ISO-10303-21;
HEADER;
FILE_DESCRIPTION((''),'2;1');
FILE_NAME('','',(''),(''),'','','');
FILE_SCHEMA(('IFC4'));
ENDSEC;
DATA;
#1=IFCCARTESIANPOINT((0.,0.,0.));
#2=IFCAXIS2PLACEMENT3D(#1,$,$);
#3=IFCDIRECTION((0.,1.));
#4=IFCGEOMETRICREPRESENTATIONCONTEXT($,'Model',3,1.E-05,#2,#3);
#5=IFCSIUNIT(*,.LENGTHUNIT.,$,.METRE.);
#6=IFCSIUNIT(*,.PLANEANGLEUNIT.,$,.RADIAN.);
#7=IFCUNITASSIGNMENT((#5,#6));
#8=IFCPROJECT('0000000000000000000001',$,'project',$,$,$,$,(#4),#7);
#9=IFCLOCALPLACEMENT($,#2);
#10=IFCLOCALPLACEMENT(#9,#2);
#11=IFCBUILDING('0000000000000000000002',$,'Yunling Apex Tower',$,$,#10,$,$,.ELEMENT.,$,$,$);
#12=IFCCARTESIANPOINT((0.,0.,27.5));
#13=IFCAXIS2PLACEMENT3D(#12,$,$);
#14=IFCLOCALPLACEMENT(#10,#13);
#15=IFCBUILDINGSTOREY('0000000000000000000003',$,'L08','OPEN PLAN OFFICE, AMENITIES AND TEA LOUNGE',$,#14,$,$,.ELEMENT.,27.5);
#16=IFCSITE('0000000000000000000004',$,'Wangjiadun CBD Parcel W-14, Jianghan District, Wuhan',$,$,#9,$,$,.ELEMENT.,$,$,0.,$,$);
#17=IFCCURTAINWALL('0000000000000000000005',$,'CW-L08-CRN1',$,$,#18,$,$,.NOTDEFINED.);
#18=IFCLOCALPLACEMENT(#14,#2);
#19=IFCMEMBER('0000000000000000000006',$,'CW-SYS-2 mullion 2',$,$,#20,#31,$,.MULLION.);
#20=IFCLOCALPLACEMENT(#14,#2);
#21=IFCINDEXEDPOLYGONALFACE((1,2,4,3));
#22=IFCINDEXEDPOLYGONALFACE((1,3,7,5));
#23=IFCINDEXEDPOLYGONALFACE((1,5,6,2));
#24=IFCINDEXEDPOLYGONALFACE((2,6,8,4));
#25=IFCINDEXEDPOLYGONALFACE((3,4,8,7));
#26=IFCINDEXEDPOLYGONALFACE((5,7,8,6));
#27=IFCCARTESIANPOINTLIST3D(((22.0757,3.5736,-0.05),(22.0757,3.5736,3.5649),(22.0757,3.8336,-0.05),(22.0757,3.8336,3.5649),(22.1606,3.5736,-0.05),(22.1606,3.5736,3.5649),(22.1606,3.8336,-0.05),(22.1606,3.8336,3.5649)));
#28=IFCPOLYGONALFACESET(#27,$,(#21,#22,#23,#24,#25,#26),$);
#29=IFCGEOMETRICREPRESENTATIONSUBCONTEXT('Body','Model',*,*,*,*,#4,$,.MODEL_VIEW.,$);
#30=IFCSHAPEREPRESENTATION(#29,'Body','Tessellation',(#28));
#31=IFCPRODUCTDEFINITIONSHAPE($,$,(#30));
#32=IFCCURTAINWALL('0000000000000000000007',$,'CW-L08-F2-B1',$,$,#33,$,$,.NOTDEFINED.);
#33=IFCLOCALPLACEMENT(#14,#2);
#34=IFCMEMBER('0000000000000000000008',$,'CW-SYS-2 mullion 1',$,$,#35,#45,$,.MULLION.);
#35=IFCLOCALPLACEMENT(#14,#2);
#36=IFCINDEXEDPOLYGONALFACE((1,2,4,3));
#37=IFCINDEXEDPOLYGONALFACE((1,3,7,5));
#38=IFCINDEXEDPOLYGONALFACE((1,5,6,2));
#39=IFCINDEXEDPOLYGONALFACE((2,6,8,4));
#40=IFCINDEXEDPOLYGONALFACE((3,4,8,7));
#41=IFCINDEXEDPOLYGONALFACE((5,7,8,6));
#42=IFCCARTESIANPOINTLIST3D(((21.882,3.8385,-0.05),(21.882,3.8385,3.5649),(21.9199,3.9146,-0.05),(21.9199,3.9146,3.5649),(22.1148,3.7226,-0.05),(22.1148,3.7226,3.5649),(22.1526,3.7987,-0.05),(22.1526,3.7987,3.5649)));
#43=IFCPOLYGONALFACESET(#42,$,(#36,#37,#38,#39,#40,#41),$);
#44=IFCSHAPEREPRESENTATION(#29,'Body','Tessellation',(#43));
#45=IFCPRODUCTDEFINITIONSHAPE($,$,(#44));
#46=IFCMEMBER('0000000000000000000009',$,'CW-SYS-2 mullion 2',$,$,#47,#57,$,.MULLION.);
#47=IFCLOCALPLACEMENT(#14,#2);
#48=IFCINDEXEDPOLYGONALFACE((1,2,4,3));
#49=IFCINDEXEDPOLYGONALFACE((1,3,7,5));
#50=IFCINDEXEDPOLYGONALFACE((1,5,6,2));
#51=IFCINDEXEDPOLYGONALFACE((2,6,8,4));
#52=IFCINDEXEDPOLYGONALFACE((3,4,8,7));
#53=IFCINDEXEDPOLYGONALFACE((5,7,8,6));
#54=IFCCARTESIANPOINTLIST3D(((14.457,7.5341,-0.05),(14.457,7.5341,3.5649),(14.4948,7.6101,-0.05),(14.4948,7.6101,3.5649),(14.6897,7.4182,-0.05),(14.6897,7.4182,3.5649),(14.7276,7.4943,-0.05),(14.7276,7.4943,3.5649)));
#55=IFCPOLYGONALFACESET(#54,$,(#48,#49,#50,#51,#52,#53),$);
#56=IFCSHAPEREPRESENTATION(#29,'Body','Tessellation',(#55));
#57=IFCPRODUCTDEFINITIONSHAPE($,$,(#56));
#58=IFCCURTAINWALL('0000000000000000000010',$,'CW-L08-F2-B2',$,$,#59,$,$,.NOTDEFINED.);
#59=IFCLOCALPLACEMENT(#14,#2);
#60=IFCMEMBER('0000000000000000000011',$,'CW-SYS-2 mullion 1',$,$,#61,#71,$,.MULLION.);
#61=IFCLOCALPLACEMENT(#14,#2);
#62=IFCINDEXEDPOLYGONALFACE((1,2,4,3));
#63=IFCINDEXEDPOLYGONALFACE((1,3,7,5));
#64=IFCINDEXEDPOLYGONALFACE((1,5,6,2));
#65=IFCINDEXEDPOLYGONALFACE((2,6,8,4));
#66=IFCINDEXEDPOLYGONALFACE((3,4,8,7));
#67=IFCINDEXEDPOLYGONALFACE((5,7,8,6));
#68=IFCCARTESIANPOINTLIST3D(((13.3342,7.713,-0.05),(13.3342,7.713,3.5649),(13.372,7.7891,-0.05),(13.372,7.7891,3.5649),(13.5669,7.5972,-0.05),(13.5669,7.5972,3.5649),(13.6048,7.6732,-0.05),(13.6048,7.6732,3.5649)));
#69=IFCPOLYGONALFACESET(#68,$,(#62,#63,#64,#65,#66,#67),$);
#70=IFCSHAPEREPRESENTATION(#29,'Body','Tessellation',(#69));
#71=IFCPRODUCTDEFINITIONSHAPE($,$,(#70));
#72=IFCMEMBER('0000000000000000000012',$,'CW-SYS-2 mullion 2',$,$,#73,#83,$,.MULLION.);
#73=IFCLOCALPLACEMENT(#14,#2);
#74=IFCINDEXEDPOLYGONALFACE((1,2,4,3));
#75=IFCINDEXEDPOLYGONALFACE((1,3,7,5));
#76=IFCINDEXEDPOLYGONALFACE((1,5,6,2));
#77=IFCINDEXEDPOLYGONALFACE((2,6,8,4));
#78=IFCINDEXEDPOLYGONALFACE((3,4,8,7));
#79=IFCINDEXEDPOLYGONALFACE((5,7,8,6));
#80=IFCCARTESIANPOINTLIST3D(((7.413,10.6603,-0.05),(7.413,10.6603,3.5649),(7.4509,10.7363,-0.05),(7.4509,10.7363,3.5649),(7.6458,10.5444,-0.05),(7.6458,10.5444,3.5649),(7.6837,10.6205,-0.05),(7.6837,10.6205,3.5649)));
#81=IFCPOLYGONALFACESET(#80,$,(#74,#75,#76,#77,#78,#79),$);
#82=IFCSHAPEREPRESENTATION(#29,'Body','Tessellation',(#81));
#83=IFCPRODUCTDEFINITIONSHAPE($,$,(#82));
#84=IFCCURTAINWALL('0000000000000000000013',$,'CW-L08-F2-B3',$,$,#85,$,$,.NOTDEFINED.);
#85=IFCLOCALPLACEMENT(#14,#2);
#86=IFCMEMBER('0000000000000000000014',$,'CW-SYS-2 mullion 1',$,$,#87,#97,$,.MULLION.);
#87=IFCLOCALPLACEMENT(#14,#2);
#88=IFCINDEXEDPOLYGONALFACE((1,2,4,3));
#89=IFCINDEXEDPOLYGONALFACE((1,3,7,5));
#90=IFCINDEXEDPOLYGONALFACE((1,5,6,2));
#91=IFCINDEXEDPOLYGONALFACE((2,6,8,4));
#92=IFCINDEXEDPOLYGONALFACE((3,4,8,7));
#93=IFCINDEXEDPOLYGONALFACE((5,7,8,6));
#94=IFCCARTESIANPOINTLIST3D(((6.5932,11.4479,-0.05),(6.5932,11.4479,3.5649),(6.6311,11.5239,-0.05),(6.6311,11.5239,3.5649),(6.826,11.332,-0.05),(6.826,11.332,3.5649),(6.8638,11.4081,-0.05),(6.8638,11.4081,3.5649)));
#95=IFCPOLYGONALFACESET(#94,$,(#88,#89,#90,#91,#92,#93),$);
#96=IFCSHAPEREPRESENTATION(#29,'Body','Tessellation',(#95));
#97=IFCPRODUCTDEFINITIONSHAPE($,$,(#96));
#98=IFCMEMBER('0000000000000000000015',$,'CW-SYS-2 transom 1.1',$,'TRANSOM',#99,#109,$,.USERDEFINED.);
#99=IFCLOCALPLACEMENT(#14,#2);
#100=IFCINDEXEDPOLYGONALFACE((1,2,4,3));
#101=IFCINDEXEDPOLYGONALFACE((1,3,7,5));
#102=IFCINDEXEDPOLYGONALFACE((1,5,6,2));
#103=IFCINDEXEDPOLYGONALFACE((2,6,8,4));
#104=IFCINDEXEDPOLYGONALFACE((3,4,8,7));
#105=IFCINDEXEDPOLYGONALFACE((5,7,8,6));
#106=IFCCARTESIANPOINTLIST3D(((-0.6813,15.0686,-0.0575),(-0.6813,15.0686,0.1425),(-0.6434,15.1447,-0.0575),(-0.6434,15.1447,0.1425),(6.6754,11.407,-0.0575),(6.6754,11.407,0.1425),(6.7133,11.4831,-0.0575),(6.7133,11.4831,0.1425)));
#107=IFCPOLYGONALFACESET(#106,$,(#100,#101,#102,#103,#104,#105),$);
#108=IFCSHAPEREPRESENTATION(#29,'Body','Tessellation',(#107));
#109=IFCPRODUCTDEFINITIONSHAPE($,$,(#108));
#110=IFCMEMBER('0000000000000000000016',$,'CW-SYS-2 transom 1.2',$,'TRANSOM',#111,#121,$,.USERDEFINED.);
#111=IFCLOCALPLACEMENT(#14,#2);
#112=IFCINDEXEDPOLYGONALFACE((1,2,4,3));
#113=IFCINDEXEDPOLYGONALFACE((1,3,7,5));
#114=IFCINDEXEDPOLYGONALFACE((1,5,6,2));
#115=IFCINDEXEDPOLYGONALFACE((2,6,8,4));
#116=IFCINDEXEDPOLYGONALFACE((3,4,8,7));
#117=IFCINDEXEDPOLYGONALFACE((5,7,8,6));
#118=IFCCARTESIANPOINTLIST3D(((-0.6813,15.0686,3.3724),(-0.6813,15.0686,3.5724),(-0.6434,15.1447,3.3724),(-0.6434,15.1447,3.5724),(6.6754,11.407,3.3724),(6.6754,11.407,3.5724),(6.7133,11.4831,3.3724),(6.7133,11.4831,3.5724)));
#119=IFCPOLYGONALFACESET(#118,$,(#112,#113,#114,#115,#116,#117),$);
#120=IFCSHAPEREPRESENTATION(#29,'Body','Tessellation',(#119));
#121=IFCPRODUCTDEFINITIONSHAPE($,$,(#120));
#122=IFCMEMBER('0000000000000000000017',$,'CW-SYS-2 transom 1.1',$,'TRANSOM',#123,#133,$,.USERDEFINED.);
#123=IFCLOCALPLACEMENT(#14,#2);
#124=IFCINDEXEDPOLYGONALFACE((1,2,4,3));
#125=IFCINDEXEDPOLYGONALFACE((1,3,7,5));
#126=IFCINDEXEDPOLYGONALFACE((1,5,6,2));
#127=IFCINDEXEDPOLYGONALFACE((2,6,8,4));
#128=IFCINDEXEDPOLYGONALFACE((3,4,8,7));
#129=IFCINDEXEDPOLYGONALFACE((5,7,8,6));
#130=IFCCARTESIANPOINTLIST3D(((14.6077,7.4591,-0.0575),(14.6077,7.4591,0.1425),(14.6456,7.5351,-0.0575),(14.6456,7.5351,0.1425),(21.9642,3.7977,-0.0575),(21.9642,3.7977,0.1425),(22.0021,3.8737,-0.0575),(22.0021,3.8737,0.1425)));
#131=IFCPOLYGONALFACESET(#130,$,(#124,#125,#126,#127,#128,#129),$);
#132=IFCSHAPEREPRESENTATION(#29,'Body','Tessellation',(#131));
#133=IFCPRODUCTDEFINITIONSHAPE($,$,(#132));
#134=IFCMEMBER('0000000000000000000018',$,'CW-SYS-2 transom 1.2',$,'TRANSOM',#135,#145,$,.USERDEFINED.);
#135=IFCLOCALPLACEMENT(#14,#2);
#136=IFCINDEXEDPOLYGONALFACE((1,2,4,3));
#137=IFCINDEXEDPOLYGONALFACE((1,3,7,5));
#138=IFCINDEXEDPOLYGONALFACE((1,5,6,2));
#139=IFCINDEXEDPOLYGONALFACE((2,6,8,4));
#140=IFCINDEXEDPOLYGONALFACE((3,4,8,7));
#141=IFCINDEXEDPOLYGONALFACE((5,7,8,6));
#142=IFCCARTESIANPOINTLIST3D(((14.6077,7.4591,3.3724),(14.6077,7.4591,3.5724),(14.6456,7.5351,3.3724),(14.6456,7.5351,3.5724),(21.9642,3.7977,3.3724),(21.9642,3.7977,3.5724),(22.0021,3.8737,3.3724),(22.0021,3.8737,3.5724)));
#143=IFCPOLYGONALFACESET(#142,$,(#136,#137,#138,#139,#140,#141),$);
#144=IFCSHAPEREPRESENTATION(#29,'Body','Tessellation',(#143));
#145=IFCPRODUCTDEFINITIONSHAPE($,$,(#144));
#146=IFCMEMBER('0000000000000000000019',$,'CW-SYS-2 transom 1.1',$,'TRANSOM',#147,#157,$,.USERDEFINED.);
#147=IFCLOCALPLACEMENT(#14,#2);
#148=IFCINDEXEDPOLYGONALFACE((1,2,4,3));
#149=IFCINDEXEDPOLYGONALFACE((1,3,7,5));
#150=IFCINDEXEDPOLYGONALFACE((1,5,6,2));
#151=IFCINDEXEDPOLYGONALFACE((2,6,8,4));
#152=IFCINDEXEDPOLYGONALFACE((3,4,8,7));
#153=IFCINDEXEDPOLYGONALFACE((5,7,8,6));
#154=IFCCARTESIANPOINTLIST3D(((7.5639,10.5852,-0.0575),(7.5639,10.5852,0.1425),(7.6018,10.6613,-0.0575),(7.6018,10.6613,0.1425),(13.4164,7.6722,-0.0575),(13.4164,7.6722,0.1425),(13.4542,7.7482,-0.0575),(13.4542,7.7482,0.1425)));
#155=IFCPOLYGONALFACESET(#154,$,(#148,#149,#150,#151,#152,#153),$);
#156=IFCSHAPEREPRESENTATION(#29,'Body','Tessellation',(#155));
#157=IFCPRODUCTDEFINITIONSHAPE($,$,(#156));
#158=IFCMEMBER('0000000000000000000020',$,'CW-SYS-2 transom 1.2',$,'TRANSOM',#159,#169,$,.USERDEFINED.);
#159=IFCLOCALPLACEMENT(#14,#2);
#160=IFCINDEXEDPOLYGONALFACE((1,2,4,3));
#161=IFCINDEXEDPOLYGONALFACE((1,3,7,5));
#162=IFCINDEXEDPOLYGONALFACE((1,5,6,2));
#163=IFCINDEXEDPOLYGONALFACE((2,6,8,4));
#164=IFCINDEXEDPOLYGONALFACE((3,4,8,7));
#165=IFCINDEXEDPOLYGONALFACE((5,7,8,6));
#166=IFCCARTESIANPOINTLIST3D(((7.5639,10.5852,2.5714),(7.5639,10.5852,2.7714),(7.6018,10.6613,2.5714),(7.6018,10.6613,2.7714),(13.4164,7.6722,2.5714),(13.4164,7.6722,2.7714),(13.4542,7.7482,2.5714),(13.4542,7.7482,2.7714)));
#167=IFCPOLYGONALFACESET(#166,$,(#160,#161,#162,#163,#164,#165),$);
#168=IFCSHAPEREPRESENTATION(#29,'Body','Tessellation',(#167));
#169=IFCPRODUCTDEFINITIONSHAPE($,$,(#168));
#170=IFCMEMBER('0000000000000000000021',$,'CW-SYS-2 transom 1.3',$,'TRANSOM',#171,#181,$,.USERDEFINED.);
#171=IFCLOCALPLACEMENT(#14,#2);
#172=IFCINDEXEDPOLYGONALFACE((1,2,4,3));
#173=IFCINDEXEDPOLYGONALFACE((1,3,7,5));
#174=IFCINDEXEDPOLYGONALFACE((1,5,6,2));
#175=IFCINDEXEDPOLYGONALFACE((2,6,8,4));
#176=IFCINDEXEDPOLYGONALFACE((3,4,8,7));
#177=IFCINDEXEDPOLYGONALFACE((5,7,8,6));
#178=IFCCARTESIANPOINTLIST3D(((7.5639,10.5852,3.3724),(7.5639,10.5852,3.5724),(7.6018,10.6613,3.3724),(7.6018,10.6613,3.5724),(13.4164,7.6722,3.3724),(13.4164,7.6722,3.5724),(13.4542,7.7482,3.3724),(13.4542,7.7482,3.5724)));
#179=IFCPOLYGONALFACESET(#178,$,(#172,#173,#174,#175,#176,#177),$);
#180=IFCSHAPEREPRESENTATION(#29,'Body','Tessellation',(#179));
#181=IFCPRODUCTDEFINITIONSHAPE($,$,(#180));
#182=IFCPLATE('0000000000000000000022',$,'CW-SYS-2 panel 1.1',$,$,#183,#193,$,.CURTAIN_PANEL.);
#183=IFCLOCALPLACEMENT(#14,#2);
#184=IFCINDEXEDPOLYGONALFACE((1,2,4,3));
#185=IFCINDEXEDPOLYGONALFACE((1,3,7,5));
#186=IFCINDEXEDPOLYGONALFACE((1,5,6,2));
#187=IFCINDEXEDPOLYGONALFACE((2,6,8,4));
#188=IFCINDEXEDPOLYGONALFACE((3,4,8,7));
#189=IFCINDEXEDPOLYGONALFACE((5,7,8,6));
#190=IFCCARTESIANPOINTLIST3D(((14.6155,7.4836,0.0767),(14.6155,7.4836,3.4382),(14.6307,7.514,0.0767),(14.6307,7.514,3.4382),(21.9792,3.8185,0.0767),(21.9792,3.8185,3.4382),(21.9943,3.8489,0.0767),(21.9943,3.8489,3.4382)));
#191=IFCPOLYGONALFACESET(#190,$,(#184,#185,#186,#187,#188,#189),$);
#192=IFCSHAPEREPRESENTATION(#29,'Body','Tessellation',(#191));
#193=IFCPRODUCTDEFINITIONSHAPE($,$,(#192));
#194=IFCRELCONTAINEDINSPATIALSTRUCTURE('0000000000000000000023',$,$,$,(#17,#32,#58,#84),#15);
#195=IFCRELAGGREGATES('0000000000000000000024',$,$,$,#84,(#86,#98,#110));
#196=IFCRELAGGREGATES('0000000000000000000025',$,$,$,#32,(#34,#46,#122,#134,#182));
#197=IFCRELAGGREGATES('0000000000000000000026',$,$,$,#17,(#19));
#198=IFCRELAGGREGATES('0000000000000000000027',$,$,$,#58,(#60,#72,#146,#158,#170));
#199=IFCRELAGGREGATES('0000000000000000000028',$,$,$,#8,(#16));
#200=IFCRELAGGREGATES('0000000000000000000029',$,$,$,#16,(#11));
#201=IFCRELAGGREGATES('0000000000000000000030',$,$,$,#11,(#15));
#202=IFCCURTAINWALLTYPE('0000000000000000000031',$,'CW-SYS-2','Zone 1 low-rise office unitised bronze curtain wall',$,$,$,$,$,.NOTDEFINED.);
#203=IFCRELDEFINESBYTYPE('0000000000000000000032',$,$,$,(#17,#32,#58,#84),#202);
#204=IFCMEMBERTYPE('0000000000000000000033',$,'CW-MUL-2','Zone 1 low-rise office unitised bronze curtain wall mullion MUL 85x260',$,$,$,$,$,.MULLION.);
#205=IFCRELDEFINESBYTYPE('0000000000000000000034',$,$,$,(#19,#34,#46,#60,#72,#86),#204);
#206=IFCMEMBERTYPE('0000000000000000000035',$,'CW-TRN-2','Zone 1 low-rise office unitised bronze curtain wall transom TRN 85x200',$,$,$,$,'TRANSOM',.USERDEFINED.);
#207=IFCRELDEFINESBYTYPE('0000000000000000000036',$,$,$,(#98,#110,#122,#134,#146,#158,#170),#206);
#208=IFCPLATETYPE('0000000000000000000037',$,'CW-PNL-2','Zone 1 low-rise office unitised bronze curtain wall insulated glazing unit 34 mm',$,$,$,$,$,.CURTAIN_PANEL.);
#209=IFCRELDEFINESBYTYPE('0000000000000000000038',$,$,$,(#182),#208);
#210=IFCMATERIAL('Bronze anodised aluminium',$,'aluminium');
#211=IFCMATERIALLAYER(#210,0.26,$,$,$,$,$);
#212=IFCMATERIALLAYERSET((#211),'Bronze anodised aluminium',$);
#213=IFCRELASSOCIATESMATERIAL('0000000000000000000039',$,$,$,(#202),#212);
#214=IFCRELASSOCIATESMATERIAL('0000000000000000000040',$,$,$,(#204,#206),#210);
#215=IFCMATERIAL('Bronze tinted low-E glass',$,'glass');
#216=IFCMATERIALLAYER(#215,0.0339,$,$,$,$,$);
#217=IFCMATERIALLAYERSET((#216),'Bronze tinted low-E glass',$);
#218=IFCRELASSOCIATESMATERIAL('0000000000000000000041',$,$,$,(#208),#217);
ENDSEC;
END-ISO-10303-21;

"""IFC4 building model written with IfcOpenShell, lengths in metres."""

from ifc_helpers import new_model, si_unit, direction, frame, origin, origin_2d, place, context, subcontext, project, spatial, rectangle, extrude, source, transform, mapped, material, layer, layer_set, material_profile, profile_set, type_object, element, aggregate, save


model = new_model("IFC4")

# Units and contexts
model_context = context("Model", 3, precision=1e-05, world=origin(), true_north=direction((0.0, 1.0)))
body_context = subcontext(model_context, "Body", "Model", "MODEL_VIEW")
ifc_project = project(units=[si_unit("LENGTHUNIT", "METRE"), si_unit("PLANEANGLEUNIT", "RADIAN")], contexts=[model_context])

# Site, building, storey
site_placement = place(None, origin())
site = spatial("IfcSite", under=ifc_project, at=site_placement, Name="Wangjiadun CBD Parcel W-14, Jianghan District, Wuhan", CompositionType="ELEMENT", RefElevation=0.0)
building_placement = place(site_placement, origin())
building = spatial("IfcBuilding", under=site, at=building_placement, Name="Yunling Apex Tower", CompositionType="ELEMENT")
storey_placement = place(building_placement, frame((0.0, 0.0, 27.5)))
storey = spatial("IfcBuildingStorey", under=building, at=storey_placement, Name="L08", Description="OPEN PLAN OFFICE, AMENITIES AND TEA LOUNGE", CompositionType="ELEMENT", Elevation=27.5)

# Curtain wall, member
ifc_material_1 = material(Name="Bronze anodised aluminium", Category="aluminium")
ifc_layer_1 = layer(ifc_material_1, 0.26)
ifc_layer_set_1 = layer_set([ifc_layer_1], Name="Bronze anodised aluminium")
curtain_wall_type = type_object("IfcCurtainWallType", Name="CW-SYS-2", Description="Zone 1 low-rise office unitised bronze curtain wall", PredefinedType="NOTDEFINED", material=ifc_layer_set_1)
curtain_wall_1_placement = place(storey_placement, origin())
curtain_wall_1 = element("IfcCurtainWall", 1, at=curtain_wall_1_placement, inside=storey, type_object=curtain_wall_type, Name="CW-L08-CRN1", PredefinedType="NOTDEFINED")
ifc_material_profile_1 = material_profile(ifc_material_1, rectangle(XDim=0.085, YDim=0.26, at=origin_2d()))
ifc_profile_set_1 = profile_set([ifc_material_profile_1], Name="Bronze anodised aluminium")
member_type_1 = type_object("IfcMemberType", Name="CW-MUL-2", Description="Zone 1 low-rise office unitised bronze curtain wall mullion MUL 85x260", PredefinedType="MULLION", material=ifc_profile_set_1)
shared_shape_1 = source(origin(), body_context, "Body", "SweptSolid", [
    extrude(rectangle(XDim=0.085, YDim=0.26, at=origin_2d()), origin(), (0.0, 0.0, 1.0), 3.615),
])
member_1_placement = place(storey_placement, frame((22.1182, 3.7036, -0.05), z_axis=(0.0, 0.0, 1.0), x_axis=(-1.0, 0.0, 0.0)))
member_1 = element("IfcMember", 2, at=member_1_placement, type_object=member_type_1, Name="CW-SYS-2 mullion 2", PredefinedType="MULLION", context=body_context, shape_type="MappedRepresentation", body=[
    mapped(shared_shape_1, transform((0.0, 0.0, 0.0), scale=1.0)),
])

# Curtain walls, members
curtain_wall_2_placement = place(storey_placement, origin())
curtain_wall_2 = element("IfcCurtainWall", 3, at=curtain_wall_2_placement, inside=storey, type_object=curtain_wall_type, Name="CW-L08-F2-B1", PredefinedType="NOTDEFINED")
member_2_placement = place(storey_placement, frame((22.0173, 3.8186, -0.05), z_axis=(0.0, 0.0, 1.0), x_axis=(-0.44558, -0.895242, 0.0)))
member_2 = element("IfcMember", 4, at=member_2_placement, type_object=member_type_1, Name="CW-SYS-2 mullion 1", PredefinedType="MULLION", context=body_context, shape_type="MappedRepresentation", body=[
    mapped(shared_shape_1, transform((0.0, 0.0, 0.0), scale=1.0)),
])
member_3_placement = place(storey_placement, frame((14.5923, 7.5142, -0.05), z_axis=(0.0, 0.0, 1.0), x_axis=(-0.44558, -0.895242, 0.0)))
member_3 = element("IfcMember", 5, at=member_3_placement, type_object=member_type_1, Name="CW-SYS-2 mullion 2", PredefinedType="MULLION", context=body_context, shape_type="MappedRepresentation", body=[
    mapped(shared_shape_1, transform((0.0, 0.0, 0.0), scale=1.0)),
])
curtain_wall_3_placement = place(storey_placement, origin())
curtain_wall_3 = element("IfcCurtainWall", 6, at=curtain_wall_3_placement, inside=storey, type_object=curtain_wall_type, Name="CW-L08-F2-B2", PredefinedType="NOTDEFINED")
member_4_placement = place(storey_placement, frame((13.4695, 7.6931, -0.05), z_axis=(0.0, 0.0, 1.0), x_axis=(-0.445577, -0.895244, 0.0)))
member_4 = element("IfcMember", 7, at=member_4_placement, type_object=member_type_1, Name="CW-SYS-2 mullion 1", PredefinedType="MULLION", context=body_context, shape_type="MappedRepresentation", body=[
    mapped(shared_shape_1, transform((0.0, 0.0, 0.0), scale=1.0)),
])
member_5_placement = place(storey_placement, frame((7.5483, 10.6404, -0.05), z_axis=(0.0, 0.0, 1.0), x_axis=(-0.445577, -0.895244, 0.0)))
member_5 = element("IfcMember", 8, at=member_5_placement, type_object=member_type_1, Name="CW-SYS-2 mullion 2", PredefinedType="MULLION", context=body_context, shape_type="MappedRepresentation", body=[
    mapped(shared_shape_1, transform((0.0, 0.0, 0.0), scale=1.0)),
])
curtain_wall_4_placement = place(storey_placement, origin())
curtain_wall_4 = element("IfcCurtainWall", 9, at=curtain_wall_4_placement, inside=storey, type_object=curtain_wall_type, Name="CW-L08-F2-B3", PredefinedType="NOTDEFINED")
member_6_placement = place(storey_placement, frame((6.7285, 11.428, -0.05), z_axis=(0.0, 0.0, 1.0), x_axis=(-0.44558, -0.895242, 0.0)))
member_6 = element("IfcMember", 10, at=member_6_placement, type_object=member_type_1, Name="CW-SYS-2 mullion 1", PredefinedType="MULLION", context=body_context, shape_type="MappedRepresentation", body=[
    mapped(shared_shape_1, transform((0.0, 0.0, 0.0), scale=1.0)),
])
ifc_material_profile_2 = material_profile(ifc_material_1, rectangle(XDim=0.085, YDim=0.2, at=origin_2d()))
ifc_profile_set_2 = profile_set([ifc_material_profile_2], Name="Bronze anodised aluminium")
member_type_2 = type_object("IfcMemberType", Name="CW-TRN-2", Description="Zone 1 low-rise office unitised bronze curtain wall transom TRN 85x200", ElementType="TRANSOM", PredefinedType="USERDEFINED", material=ifc_profile_set_2)
shared_shape_2 = source(origin(), body_context, "Body", "SweptSolid", [
    extrude(rectangle(XDim=0.085, YDim=0.2, at=origin_2d()), origin(), (0.0, 0.0, 1.0), 8.2175),
])
member_7_placement = place(storey_placement, frame((6.6943, 11.4451, 0.0425), z_axis=(-0.89524, 0.445585, 0.0), x_axis=(-0.445585, -0.89524, 0.0)))
member_7 = element("IfcMember", 11, at=member_7_placement, type_object=member_type_2, Name="CW-SYS-2 transom 1.1", ObjectType="TRANSOM", PredefinedType="USERDEFINED", context=body_context, shape_type="MappedRepresentation", body=[
    mapped(shared_shape_2, transform((0.0, 0.0, 0.0), scale=1.0)),
])
member_8_placement = place(storey_placement, frame((6.6943, 11.4451, 3.4724), z_axis=(-0.89524, 0.445585, 0.0), x_axis=(-0.445585, -0.89524, 0.0)))
member_8 = element("IfcMember", 12, at=member_8_placement, type_object=member_type_2, Name="CW-SYS-2 transom 1.2", ObjectType="TRANSOM", PredefinedType="USERDEFINED", context=body_context, shape_type="MappedRepresentation", body=[
    mapped(shared_shape_2, transform((0.0, 0.0, 0.0), scale=1.0)),
])
aggregate(curtain_wall_4, [member_6, member_7, member_8])

# Members
shared_shape_3 = source(origin(), body_context, "Body", "SweptSolid", [
    extrude(rectangle(XDim=0.085, YDim=0.2, at=origin_2d()), origin(), (0.0, 0.0, 1.0), 8.2173),
])
member_9_placement = place(storey_placement, frame((21.9832, 3.8357, 0.0425), z_axis=(-0.895246, 0.445573, 0.0), x_axis=(-0.445573, -0.895246, 0.0)))
member_9 = element("IfcMember", 13, at=member_9_placement, type_object=member_type_2, Name="CW-SYS-2 transom 1.1", ObjectType="TRANSOM", PredefinedType="USERDEFINED", context=body_context, shape_type="MappedRepresentation", body=[
    mapped(shared_shape_3, transform((0.0, 0.0, 0.0), scale=1.0)),
])
member_10_placement = place(storey_placement, frame((21.9832, 3.8357, 3.4724), z_axis=(-0.895246, 0.445573, 0.0), x_axis=(-0.445573, -0.895246, 0.0)))
member_10 = element("IfcMember", 14, at=member_10_placement, type_object=member_type_2, Name="CW-SYS-2 transom 1.2", ObjectType="TRANSOM", PredefinedType="USERDEFINED", context=body_context, shape_type="MappedRepresentation", body=[
    mapped(shared_shape_3, transform((0.0, 0.0, 0.0), scale=1.0)),
])
shared_shape_4 = source(origin(), body_context, "Body", "SweptSolid", [
    extrude(rectangle(XDim=0.085, YDim=0.2, at=origin_2d()), origin(), (0.0, 0.0, 1.0), 6.5374),
])
member_11_placement = place(storey_placement, frame((13.4353, 7.7102, 0.0425), z_axis=(-0.895232, 0.4456, 0.0), x_axis=(-0.4456, -0.895232, 0.0)))
member_11 = element("IfcMember", 15, at=member_11_placement, type_object=member_type_2, Name="CW-SYS-2 transom 1.1", ObjectType="TRANSOM", PredefinedType="USERDEFINED", context=body_context, shape_type="MappedRepresentation", body=[
    mapped(shared_shape_4, transform((0.0, 0.0, 0.0), scale=1.0)),
])
member_12_placement = place(storey_placement, frame((13.4353, 7.7102, 2.6714), z_axis=(-0.895232, 0.4456, 0.0), x_axis=(-0.4456, -0.895232, 0.0)))
member_12 = element("IfcMember", 16, at=member_12_placement, type_object=member_type_2, Name="CW-SYS-2 transom 1.2", ObjectType="TRANSOM", PredefinedType="USERDEFINED", context=body_context, shape_type="MappedRepresentation", body=[
    mapped(shared_shape_4, transform((0.0, 0.0, 0.0), scale=1.0)),
])
member_13_placement = place(storey_placement, frame((13.4353, 7.7102, 3.4724), z_axis=(-0.895232, 0.4456, 0.0), x_axis=(-0.4456, -0.895232, 0.0)))
member_13 = element("IfcMember", 17, at=member_13_placement, type_object=member_type_2, Name="CW-SYS-2 transom 1.3", ObjectType="TRANSOM", PredefinedType="USERDEFINED", context=body_context, shape_type="MappedRepresentation", body=[
    mapped(shared_shape_4, transform((0.0, 0.0, 0.0), scale=1.0)),
])

# Plate
ifc_material_2 = material(Name="Bronze tinted low-E glass", Category="glass")
ifc_layer_2 = layer(ifc_material_2, 0.0339)
ifc_layer_set_2 = layer_set([ifc_layer_2], Name="Bronze tinted low-E glass")
plate_type = type_object("IfcPlateType", Name="CW-PNL-2", Description="Zone 1 low-rise office unitised bronze curtain wall insulated glazing unit 34 mm", PredefinedType="CURTAIN_PANEL", material=ifc_layer_set_2)
shared_shape_5 = source(origin(), body_context, "Body", "SweptSolid", [
    extrude(rectangle(XDim=8.2253, YDim=0.0339, at=origin_2d()), origin(), (0.0, 0.0, 1.0), 3.3616),
])
plate_1_placement = place(storey_placement, frame((18.3049, 5.6663, 0.0767), z_axis=(0.0, 0.0, 1.0), x_axis=(-0.895242, 0.44558, 0.0)))
plate_1 = element("IfcPlate", 18, at=plate_1_placement, type_object=plate_type, Name="CW-SYS-2 panel 1.1", PredefinedType="CURTAIN_PANEL", context=body_context, shape_type="MappedRepresentation", body=[
    mapped(shared_shape_5, transform((0.0, 0.0, 0.0), scale=1.0)),
])
aggregate(curtain_wall_2, [member_2, member_3, member_9, member_10, plate_1])
aggregate(curtain_wall_1, [member_1])
aggregate(curtain_wall_3, [member_4, member_5, member_11, member_12, member_13])

save(model, "model.ifc")
